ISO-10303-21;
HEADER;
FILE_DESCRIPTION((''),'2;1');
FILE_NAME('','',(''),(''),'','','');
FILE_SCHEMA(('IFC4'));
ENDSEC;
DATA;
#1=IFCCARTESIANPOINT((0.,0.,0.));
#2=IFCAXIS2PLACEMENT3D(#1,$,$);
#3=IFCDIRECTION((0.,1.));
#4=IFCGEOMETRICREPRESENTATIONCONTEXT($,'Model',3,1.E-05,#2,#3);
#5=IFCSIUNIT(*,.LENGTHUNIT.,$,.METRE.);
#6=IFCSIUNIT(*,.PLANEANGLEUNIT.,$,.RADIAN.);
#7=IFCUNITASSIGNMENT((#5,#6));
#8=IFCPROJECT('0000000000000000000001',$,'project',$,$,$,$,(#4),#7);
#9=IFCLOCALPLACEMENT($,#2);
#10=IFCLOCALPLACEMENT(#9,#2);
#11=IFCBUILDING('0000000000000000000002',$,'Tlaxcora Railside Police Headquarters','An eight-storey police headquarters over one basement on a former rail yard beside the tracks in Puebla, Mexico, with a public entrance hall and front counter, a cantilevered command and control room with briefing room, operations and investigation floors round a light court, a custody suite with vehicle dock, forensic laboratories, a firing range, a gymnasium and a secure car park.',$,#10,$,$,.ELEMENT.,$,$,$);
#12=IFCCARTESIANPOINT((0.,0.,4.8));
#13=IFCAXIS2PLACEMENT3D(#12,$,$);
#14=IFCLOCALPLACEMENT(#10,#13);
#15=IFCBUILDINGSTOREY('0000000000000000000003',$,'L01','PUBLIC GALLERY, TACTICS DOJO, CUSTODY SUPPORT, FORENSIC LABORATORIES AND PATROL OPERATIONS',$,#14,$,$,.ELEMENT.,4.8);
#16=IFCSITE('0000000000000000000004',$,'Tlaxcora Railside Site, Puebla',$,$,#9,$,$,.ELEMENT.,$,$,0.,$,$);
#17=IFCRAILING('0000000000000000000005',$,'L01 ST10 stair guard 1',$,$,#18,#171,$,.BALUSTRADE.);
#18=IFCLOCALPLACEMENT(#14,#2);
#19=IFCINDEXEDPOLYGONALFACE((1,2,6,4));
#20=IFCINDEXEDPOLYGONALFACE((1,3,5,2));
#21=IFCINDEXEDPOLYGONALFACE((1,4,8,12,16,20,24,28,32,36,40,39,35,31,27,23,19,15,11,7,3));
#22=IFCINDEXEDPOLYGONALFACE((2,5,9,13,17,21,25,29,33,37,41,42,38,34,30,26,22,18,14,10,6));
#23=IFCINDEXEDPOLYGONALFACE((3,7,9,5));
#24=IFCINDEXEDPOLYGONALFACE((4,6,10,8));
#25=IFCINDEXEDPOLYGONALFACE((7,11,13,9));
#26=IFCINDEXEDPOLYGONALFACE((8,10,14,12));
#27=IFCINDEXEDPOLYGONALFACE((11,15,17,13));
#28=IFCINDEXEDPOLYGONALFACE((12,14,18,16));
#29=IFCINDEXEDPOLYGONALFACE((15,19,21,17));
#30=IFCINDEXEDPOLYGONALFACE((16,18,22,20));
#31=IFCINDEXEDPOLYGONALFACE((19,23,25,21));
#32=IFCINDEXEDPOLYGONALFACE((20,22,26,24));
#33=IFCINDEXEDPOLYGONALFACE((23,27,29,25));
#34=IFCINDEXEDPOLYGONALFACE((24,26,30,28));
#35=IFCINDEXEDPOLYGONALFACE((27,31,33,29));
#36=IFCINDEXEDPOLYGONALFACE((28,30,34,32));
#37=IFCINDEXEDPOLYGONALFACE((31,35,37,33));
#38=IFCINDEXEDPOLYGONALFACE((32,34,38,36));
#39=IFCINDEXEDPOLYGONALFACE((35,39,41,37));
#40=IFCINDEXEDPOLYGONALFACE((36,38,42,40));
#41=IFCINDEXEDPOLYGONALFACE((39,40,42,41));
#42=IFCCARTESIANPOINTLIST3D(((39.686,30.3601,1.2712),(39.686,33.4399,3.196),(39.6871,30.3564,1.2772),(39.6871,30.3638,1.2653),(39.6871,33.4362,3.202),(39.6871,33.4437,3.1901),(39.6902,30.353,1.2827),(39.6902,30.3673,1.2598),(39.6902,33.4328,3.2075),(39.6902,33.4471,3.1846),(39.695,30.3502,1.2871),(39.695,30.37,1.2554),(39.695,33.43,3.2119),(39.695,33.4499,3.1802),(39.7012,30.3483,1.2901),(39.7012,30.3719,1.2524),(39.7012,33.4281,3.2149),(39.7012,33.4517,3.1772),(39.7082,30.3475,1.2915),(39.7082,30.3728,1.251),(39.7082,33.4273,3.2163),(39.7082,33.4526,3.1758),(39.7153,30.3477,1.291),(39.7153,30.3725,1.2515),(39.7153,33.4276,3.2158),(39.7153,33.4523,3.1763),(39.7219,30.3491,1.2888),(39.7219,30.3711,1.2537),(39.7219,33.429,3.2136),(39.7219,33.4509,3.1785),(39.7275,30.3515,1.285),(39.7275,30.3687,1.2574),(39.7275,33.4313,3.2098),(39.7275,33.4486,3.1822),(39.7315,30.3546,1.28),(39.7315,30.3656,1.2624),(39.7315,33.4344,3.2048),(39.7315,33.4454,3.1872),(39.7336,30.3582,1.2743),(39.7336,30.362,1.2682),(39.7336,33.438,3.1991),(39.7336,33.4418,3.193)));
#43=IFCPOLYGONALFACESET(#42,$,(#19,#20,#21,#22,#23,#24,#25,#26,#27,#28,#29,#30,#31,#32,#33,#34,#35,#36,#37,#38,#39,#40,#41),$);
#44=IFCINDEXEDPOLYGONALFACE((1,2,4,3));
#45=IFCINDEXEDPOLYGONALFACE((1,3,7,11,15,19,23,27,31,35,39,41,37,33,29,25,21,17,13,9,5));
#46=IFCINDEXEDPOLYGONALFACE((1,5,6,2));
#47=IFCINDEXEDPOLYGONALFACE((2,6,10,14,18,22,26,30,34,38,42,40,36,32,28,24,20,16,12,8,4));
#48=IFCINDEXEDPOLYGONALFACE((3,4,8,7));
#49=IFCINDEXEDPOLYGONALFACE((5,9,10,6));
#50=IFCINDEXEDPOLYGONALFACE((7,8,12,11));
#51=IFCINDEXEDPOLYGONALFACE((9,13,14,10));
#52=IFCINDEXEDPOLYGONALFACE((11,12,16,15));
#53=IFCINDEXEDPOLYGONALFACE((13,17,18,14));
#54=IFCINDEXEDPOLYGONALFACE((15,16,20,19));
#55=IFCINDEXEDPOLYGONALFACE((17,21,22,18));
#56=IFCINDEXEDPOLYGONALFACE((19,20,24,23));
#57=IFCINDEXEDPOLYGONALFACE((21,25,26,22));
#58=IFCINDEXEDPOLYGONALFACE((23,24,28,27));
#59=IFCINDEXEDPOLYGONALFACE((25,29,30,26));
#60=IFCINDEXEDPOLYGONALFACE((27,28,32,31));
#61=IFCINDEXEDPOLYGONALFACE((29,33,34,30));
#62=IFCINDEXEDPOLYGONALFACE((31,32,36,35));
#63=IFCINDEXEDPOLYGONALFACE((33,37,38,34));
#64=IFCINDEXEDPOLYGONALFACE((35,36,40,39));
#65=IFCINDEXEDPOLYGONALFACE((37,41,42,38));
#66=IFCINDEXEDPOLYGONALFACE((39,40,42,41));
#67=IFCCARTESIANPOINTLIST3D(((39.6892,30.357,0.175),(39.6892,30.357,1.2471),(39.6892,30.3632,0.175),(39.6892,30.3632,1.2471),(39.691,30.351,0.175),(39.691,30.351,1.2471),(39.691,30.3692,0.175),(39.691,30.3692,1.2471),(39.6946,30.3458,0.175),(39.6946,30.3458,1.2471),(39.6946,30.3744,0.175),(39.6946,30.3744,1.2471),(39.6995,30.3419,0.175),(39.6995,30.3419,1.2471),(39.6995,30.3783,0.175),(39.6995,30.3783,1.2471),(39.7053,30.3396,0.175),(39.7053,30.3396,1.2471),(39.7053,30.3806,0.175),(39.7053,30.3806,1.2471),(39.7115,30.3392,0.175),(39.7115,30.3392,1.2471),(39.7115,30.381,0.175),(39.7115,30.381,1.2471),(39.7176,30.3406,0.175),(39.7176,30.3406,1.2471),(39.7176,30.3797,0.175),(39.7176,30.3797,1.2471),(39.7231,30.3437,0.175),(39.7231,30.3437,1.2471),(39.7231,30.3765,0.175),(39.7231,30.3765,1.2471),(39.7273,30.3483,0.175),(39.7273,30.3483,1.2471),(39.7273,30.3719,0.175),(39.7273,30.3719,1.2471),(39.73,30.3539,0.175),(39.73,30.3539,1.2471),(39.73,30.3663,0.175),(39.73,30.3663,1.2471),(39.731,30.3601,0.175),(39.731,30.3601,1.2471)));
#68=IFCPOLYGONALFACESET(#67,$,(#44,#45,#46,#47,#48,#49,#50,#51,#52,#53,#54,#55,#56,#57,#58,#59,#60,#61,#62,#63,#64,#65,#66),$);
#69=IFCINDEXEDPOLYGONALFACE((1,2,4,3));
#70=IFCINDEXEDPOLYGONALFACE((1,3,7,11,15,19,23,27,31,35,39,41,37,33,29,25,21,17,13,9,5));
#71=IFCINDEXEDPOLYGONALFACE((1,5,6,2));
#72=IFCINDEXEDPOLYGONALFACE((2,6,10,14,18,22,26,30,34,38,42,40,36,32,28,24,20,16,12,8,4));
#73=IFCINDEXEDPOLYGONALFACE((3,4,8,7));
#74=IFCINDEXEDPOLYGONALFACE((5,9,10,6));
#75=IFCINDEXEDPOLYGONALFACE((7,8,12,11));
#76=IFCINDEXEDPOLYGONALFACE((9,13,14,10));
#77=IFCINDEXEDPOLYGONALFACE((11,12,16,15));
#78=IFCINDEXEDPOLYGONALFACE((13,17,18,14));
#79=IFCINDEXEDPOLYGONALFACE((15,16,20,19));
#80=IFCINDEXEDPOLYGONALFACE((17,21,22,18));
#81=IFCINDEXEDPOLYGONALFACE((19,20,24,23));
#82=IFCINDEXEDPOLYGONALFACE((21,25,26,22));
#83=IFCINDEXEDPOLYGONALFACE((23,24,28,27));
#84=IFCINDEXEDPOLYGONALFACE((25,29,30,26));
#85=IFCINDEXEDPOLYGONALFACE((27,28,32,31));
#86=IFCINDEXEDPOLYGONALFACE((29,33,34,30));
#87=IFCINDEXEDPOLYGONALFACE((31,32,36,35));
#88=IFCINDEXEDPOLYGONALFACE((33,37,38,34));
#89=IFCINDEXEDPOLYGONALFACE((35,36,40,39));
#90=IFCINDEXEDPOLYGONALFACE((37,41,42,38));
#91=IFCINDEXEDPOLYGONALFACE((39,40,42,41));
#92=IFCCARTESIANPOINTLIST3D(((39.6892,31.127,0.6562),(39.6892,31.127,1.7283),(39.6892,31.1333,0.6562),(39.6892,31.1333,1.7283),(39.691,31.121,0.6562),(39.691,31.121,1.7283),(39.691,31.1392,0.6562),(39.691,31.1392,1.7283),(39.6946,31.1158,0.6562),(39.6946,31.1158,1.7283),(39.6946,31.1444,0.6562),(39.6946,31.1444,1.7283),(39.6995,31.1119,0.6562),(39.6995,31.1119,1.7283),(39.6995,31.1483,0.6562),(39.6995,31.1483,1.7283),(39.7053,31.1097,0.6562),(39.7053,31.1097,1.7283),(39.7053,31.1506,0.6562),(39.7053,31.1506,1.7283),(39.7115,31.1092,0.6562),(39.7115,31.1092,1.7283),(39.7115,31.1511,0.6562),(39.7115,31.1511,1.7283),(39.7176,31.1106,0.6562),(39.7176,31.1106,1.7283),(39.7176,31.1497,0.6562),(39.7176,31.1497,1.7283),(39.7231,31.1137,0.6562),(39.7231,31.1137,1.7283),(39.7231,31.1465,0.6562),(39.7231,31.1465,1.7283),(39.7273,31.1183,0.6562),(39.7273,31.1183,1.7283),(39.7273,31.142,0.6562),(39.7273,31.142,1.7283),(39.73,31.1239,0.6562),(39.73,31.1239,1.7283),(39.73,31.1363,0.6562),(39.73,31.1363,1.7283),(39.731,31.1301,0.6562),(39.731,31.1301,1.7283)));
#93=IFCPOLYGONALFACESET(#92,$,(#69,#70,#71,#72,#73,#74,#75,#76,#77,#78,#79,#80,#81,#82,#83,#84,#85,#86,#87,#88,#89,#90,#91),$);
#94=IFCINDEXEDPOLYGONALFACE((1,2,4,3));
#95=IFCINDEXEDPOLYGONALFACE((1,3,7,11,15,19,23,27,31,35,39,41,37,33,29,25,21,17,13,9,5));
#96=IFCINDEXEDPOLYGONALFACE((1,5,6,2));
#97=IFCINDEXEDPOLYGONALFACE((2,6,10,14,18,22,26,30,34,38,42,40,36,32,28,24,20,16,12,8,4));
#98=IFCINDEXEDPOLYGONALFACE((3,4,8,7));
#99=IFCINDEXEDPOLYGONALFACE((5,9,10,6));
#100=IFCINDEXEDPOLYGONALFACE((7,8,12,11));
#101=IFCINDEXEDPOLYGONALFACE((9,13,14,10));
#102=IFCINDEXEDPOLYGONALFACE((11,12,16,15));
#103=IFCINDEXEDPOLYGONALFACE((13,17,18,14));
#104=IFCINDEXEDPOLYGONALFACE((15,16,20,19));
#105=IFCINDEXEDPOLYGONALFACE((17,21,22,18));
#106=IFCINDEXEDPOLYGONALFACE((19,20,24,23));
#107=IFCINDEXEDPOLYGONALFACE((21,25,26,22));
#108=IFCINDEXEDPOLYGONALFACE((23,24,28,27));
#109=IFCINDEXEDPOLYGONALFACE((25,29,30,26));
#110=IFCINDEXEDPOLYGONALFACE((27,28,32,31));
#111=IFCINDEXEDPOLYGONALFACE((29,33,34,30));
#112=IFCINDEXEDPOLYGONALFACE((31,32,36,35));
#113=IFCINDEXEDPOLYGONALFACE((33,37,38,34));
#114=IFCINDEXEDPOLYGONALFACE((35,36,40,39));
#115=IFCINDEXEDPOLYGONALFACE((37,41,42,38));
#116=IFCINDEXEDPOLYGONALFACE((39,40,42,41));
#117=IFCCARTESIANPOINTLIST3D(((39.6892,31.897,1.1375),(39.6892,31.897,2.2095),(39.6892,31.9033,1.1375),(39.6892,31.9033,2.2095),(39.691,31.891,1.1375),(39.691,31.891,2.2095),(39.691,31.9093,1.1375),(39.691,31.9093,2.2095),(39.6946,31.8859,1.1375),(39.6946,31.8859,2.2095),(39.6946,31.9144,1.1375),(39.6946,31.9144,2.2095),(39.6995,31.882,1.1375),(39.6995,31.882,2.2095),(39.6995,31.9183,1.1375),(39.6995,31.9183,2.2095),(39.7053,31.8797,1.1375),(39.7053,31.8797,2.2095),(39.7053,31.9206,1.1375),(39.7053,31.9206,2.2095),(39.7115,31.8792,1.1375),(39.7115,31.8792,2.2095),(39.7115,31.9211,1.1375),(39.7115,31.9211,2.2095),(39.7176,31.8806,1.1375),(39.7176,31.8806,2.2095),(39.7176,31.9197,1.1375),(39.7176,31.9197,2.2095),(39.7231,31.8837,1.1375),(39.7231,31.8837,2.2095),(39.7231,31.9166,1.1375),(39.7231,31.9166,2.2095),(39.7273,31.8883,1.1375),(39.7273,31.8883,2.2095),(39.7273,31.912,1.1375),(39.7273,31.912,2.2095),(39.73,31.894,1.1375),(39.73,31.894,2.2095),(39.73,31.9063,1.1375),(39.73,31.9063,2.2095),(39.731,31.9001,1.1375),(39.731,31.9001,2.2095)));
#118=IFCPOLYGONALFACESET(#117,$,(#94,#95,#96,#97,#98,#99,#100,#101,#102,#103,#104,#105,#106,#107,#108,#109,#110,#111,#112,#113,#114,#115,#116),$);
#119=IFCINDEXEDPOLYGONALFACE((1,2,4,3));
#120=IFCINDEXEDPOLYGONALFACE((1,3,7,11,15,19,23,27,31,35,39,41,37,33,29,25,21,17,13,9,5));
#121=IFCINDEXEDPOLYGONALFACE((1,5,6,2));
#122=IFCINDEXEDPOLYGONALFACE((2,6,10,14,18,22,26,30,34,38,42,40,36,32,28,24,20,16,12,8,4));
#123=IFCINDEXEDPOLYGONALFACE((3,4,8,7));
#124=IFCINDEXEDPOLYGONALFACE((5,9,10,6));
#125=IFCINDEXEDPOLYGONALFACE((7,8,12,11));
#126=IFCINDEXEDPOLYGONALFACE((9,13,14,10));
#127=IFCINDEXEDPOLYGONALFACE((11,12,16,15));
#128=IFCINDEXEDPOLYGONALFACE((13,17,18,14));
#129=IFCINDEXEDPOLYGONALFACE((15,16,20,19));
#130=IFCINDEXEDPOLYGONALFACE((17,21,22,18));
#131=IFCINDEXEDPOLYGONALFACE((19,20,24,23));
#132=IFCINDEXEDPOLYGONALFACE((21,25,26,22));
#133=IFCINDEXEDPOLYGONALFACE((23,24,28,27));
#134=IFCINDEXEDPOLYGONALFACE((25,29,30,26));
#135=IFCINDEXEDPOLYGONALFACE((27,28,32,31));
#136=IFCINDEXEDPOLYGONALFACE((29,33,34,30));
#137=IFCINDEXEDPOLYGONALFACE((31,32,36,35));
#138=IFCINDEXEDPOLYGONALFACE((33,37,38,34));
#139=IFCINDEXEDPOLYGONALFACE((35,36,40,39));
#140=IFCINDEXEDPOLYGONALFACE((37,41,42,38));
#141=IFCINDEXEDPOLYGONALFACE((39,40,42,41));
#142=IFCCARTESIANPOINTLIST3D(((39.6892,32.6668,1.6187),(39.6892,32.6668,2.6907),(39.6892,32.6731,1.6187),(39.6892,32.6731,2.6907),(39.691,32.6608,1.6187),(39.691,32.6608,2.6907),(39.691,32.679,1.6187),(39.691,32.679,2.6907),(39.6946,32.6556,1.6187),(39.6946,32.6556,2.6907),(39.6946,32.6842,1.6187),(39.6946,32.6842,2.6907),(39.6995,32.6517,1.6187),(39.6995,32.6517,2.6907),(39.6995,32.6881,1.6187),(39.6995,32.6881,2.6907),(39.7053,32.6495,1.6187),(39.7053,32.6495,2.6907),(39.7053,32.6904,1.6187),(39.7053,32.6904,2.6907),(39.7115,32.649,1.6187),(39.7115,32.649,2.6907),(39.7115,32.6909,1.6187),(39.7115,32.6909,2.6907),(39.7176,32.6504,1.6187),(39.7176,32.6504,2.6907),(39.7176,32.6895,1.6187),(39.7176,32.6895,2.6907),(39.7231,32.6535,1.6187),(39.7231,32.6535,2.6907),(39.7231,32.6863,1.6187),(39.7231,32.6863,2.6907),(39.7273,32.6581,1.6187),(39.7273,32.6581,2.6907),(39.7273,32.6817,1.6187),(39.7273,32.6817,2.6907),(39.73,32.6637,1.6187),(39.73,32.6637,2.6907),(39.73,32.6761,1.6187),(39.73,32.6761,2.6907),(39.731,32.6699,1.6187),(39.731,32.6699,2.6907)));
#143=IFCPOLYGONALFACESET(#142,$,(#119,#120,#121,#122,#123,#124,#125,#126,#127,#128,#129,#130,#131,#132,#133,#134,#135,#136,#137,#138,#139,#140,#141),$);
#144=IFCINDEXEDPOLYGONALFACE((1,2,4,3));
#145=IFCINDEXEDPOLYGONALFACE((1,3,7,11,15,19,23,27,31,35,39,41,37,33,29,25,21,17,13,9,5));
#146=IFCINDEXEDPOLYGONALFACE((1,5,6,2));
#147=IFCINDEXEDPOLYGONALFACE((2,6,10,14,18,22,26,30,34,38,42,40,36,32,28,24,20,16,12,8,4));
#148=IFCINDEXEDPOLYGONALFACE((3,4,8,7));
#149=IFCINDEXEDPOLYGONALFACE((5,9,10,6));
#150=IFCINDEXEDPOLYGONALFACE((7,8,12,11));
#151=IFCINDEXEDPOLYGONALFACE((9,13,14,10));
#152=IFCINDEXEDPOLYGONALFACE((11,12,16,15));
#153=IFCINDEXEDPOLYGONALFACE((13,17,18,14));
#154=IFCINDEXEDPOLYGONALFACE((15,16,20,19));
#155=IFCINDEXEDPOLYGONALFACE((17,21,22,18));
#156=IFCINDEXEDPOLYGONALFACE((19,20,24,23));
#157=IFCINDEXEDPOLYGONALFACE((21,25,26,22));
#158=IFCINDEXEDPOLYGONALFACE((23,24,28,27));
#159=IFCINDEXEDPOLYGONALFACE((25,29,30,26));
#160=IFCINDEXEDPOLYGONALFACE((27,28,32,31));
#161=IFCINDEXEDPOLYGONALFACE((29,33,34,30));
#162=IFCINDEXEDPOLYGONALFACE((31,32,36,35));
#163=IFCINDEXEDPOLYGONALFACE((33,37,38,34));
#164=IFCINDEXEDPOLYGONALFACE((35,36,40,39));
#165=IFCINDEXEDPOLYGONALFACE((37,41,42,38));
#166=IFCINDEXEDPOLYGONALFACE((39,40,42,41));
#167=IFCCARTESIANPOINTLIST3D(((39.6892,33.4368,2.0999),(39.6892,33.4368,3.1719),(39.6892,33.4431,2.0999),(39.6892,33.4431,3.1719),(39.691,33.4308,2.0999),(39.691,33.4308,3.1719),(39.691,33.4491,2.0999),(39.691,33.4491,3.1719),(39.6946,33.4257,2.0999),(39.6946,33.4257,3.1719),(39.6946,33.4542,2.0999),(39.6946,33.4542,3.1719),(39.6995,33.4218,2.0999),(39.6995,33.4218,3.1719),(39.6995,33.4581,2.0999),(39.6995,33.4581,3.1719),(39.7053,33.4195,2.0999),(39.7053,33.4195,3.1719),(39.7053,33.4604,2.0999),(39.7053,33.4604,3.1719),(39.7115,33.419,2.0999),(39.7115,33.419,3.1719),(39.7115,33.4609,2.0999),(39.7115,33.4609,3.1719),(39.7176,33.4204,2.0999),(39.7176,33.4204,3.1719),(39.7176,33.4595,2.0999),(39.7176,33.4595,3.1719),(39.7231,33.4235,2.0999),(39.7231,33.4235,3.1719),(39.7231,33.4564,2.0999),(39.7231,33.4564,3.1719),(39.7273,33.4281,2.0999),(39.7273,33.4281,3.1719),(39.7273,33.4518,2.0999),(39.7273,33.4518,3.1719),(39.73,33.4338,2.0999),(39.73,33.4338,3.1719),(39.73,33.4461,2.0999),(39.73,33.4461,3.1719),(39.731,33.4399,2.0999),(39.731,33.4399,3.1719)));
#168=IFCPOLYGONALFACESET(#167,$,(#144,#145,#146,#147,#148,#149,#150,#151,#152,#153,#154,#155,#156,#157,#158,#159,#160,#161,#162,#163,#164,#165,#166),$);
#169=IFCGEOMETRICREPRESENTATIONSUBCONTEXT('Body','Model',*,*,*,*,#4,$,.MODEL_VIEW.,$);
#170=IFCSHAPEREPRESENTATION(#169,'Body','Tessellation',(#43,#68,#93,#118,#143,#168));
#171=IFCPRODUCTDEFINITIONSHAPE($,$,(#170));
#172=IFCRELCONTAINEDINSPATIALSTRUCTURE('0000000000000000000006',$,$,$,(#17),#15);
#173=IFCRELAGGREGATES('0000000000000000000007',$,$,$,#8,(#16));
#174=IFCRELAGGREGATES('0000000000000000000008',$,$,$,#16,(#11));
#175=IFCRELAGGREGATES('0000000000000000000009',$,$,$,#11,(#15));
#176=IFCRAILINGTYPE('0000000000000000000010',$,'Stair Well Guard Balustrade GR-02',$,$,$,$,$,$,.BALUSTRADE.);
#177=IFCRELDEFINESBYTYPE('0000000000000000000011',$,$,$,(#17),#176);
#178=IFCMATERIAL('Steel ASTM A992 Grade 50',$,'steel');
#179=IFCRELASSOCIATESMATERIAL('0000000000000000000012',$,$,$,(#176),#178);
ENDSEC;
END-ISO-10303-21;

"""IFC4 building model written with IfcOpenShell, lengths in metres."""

from ifc_helpers import new_model, si_unit, direction, frame, origin, origin_2d, place, context, subcontext, project, spatial, circle, extrude, material, type_object, element, save


model = new_model("IFC4")

# Units and contexts
model_context = context("Model", 3, precision=1e-05, world=origin(), true_north=direction((0.0, 1.0)))
body_context = subcontext(model_context, "Body", "Model", "MODEL_VIEW")
ifc_project = project(units=[si_unit("LENGTHUNIT", "METRE"), si_unit("PLANEANGLEUNIT", "RADIAN")], contexts=[model_context])

# Site, building, storey
site_placement = place(None, origin())
site = spatial("IfcSite", under=ifc_project, at=site_placement, Name="Tlaxcora Railside Site, Puebla", CompositionType="ELEMENT", RefElevation=0.0)
building_placement = place(site_placement, origin())
building = spatial("IfcBuilding", under=site, at=building_placement, Name="Tlaxcora Railside Police Headquarters", Description="An eight-storey police headquarters over one basement on a former rail yard beside the tracks in Puebla, Mexico, with a public entrance hall and front counter, a cantilevered command and control room with briefing room, operations and investigation floors round a light court, a custody suite with vehicle dock, forensic laboratories, a firing range, a gymnasium and a secure car park.", CompositionType="ELEMENT")
storey_placement = place(building_placement, frame((0.0, 0.0, 4.8)))
storey = spatial("IfcBuildingStorey", under=building, at=storey_placement, Name="L01", Description="PUBLIC GALLERY, TACTICS DOJO, CUSTODY SUPPORT, FORENSIC LABORATORIES AND PATROL OPERATIONS", CompositionType="ELEMENT", Elevation=4.8)

# Shared definitions
ifc_material_1 = material(Name="Steel ASTM A992 Grade 50", Category="steel")

# Railing
railing_type_1 = type_object("IfcRailingType", Name="Stair Well Guard Balustrade GR-02", PredefinedType="BALUSTRADE", material=ifc_material_1)
railing_1_placement = place(storey_placement, frame((39.71, 30.3601, 0.175)))
element("IfcRailing", 1, at=railing_1_placement, inside=storey, type_object=railing_type_1, Name="L01 ST10 stair guard 1", PredefinedType="BALUSTRADE", context=body_context, shape_type="SweptSolid", body=[
    extrude(circle(Radius=0.0239, at=origin_2d()), frame((0.0, 0.0, 1.0962), z_axis=(0.0, 0.84801, 0.529981), x_axis=(-1.0, 0.0, 0.0)), (0.0, 0.0, 1.0), 3.6318),
    extrude(circle(Radius=0.021, at=origin_2d()), origin(), (0.0, 0.0, 1.0), 1.072),
    extrude(circle(Radius=0.021, at=origin_2d()), frame((0.0, 0.77, 0.4812)), (0.0, 0.0, 1.0), 1.072),
    extrude(circle(Radius=0.021, at=origin_2d()), frame((0.0, 1.54, 0.9624)), (0.0, 0.0, 1.0), 1.072),
    extrude(circle(Radius=0.021, at=origin_2d()), frame((0.0, 2.3098, 1.4436)), (0.0, 0.0, 1.0), 1.072),
    extrude(circle(Radius=0.021, at=origin_2d()), frame((0.0, 3.0798, 1.9248)), (0.0, 0.0, 1.0), 1.072),
])

save(model, "model.ifc")
